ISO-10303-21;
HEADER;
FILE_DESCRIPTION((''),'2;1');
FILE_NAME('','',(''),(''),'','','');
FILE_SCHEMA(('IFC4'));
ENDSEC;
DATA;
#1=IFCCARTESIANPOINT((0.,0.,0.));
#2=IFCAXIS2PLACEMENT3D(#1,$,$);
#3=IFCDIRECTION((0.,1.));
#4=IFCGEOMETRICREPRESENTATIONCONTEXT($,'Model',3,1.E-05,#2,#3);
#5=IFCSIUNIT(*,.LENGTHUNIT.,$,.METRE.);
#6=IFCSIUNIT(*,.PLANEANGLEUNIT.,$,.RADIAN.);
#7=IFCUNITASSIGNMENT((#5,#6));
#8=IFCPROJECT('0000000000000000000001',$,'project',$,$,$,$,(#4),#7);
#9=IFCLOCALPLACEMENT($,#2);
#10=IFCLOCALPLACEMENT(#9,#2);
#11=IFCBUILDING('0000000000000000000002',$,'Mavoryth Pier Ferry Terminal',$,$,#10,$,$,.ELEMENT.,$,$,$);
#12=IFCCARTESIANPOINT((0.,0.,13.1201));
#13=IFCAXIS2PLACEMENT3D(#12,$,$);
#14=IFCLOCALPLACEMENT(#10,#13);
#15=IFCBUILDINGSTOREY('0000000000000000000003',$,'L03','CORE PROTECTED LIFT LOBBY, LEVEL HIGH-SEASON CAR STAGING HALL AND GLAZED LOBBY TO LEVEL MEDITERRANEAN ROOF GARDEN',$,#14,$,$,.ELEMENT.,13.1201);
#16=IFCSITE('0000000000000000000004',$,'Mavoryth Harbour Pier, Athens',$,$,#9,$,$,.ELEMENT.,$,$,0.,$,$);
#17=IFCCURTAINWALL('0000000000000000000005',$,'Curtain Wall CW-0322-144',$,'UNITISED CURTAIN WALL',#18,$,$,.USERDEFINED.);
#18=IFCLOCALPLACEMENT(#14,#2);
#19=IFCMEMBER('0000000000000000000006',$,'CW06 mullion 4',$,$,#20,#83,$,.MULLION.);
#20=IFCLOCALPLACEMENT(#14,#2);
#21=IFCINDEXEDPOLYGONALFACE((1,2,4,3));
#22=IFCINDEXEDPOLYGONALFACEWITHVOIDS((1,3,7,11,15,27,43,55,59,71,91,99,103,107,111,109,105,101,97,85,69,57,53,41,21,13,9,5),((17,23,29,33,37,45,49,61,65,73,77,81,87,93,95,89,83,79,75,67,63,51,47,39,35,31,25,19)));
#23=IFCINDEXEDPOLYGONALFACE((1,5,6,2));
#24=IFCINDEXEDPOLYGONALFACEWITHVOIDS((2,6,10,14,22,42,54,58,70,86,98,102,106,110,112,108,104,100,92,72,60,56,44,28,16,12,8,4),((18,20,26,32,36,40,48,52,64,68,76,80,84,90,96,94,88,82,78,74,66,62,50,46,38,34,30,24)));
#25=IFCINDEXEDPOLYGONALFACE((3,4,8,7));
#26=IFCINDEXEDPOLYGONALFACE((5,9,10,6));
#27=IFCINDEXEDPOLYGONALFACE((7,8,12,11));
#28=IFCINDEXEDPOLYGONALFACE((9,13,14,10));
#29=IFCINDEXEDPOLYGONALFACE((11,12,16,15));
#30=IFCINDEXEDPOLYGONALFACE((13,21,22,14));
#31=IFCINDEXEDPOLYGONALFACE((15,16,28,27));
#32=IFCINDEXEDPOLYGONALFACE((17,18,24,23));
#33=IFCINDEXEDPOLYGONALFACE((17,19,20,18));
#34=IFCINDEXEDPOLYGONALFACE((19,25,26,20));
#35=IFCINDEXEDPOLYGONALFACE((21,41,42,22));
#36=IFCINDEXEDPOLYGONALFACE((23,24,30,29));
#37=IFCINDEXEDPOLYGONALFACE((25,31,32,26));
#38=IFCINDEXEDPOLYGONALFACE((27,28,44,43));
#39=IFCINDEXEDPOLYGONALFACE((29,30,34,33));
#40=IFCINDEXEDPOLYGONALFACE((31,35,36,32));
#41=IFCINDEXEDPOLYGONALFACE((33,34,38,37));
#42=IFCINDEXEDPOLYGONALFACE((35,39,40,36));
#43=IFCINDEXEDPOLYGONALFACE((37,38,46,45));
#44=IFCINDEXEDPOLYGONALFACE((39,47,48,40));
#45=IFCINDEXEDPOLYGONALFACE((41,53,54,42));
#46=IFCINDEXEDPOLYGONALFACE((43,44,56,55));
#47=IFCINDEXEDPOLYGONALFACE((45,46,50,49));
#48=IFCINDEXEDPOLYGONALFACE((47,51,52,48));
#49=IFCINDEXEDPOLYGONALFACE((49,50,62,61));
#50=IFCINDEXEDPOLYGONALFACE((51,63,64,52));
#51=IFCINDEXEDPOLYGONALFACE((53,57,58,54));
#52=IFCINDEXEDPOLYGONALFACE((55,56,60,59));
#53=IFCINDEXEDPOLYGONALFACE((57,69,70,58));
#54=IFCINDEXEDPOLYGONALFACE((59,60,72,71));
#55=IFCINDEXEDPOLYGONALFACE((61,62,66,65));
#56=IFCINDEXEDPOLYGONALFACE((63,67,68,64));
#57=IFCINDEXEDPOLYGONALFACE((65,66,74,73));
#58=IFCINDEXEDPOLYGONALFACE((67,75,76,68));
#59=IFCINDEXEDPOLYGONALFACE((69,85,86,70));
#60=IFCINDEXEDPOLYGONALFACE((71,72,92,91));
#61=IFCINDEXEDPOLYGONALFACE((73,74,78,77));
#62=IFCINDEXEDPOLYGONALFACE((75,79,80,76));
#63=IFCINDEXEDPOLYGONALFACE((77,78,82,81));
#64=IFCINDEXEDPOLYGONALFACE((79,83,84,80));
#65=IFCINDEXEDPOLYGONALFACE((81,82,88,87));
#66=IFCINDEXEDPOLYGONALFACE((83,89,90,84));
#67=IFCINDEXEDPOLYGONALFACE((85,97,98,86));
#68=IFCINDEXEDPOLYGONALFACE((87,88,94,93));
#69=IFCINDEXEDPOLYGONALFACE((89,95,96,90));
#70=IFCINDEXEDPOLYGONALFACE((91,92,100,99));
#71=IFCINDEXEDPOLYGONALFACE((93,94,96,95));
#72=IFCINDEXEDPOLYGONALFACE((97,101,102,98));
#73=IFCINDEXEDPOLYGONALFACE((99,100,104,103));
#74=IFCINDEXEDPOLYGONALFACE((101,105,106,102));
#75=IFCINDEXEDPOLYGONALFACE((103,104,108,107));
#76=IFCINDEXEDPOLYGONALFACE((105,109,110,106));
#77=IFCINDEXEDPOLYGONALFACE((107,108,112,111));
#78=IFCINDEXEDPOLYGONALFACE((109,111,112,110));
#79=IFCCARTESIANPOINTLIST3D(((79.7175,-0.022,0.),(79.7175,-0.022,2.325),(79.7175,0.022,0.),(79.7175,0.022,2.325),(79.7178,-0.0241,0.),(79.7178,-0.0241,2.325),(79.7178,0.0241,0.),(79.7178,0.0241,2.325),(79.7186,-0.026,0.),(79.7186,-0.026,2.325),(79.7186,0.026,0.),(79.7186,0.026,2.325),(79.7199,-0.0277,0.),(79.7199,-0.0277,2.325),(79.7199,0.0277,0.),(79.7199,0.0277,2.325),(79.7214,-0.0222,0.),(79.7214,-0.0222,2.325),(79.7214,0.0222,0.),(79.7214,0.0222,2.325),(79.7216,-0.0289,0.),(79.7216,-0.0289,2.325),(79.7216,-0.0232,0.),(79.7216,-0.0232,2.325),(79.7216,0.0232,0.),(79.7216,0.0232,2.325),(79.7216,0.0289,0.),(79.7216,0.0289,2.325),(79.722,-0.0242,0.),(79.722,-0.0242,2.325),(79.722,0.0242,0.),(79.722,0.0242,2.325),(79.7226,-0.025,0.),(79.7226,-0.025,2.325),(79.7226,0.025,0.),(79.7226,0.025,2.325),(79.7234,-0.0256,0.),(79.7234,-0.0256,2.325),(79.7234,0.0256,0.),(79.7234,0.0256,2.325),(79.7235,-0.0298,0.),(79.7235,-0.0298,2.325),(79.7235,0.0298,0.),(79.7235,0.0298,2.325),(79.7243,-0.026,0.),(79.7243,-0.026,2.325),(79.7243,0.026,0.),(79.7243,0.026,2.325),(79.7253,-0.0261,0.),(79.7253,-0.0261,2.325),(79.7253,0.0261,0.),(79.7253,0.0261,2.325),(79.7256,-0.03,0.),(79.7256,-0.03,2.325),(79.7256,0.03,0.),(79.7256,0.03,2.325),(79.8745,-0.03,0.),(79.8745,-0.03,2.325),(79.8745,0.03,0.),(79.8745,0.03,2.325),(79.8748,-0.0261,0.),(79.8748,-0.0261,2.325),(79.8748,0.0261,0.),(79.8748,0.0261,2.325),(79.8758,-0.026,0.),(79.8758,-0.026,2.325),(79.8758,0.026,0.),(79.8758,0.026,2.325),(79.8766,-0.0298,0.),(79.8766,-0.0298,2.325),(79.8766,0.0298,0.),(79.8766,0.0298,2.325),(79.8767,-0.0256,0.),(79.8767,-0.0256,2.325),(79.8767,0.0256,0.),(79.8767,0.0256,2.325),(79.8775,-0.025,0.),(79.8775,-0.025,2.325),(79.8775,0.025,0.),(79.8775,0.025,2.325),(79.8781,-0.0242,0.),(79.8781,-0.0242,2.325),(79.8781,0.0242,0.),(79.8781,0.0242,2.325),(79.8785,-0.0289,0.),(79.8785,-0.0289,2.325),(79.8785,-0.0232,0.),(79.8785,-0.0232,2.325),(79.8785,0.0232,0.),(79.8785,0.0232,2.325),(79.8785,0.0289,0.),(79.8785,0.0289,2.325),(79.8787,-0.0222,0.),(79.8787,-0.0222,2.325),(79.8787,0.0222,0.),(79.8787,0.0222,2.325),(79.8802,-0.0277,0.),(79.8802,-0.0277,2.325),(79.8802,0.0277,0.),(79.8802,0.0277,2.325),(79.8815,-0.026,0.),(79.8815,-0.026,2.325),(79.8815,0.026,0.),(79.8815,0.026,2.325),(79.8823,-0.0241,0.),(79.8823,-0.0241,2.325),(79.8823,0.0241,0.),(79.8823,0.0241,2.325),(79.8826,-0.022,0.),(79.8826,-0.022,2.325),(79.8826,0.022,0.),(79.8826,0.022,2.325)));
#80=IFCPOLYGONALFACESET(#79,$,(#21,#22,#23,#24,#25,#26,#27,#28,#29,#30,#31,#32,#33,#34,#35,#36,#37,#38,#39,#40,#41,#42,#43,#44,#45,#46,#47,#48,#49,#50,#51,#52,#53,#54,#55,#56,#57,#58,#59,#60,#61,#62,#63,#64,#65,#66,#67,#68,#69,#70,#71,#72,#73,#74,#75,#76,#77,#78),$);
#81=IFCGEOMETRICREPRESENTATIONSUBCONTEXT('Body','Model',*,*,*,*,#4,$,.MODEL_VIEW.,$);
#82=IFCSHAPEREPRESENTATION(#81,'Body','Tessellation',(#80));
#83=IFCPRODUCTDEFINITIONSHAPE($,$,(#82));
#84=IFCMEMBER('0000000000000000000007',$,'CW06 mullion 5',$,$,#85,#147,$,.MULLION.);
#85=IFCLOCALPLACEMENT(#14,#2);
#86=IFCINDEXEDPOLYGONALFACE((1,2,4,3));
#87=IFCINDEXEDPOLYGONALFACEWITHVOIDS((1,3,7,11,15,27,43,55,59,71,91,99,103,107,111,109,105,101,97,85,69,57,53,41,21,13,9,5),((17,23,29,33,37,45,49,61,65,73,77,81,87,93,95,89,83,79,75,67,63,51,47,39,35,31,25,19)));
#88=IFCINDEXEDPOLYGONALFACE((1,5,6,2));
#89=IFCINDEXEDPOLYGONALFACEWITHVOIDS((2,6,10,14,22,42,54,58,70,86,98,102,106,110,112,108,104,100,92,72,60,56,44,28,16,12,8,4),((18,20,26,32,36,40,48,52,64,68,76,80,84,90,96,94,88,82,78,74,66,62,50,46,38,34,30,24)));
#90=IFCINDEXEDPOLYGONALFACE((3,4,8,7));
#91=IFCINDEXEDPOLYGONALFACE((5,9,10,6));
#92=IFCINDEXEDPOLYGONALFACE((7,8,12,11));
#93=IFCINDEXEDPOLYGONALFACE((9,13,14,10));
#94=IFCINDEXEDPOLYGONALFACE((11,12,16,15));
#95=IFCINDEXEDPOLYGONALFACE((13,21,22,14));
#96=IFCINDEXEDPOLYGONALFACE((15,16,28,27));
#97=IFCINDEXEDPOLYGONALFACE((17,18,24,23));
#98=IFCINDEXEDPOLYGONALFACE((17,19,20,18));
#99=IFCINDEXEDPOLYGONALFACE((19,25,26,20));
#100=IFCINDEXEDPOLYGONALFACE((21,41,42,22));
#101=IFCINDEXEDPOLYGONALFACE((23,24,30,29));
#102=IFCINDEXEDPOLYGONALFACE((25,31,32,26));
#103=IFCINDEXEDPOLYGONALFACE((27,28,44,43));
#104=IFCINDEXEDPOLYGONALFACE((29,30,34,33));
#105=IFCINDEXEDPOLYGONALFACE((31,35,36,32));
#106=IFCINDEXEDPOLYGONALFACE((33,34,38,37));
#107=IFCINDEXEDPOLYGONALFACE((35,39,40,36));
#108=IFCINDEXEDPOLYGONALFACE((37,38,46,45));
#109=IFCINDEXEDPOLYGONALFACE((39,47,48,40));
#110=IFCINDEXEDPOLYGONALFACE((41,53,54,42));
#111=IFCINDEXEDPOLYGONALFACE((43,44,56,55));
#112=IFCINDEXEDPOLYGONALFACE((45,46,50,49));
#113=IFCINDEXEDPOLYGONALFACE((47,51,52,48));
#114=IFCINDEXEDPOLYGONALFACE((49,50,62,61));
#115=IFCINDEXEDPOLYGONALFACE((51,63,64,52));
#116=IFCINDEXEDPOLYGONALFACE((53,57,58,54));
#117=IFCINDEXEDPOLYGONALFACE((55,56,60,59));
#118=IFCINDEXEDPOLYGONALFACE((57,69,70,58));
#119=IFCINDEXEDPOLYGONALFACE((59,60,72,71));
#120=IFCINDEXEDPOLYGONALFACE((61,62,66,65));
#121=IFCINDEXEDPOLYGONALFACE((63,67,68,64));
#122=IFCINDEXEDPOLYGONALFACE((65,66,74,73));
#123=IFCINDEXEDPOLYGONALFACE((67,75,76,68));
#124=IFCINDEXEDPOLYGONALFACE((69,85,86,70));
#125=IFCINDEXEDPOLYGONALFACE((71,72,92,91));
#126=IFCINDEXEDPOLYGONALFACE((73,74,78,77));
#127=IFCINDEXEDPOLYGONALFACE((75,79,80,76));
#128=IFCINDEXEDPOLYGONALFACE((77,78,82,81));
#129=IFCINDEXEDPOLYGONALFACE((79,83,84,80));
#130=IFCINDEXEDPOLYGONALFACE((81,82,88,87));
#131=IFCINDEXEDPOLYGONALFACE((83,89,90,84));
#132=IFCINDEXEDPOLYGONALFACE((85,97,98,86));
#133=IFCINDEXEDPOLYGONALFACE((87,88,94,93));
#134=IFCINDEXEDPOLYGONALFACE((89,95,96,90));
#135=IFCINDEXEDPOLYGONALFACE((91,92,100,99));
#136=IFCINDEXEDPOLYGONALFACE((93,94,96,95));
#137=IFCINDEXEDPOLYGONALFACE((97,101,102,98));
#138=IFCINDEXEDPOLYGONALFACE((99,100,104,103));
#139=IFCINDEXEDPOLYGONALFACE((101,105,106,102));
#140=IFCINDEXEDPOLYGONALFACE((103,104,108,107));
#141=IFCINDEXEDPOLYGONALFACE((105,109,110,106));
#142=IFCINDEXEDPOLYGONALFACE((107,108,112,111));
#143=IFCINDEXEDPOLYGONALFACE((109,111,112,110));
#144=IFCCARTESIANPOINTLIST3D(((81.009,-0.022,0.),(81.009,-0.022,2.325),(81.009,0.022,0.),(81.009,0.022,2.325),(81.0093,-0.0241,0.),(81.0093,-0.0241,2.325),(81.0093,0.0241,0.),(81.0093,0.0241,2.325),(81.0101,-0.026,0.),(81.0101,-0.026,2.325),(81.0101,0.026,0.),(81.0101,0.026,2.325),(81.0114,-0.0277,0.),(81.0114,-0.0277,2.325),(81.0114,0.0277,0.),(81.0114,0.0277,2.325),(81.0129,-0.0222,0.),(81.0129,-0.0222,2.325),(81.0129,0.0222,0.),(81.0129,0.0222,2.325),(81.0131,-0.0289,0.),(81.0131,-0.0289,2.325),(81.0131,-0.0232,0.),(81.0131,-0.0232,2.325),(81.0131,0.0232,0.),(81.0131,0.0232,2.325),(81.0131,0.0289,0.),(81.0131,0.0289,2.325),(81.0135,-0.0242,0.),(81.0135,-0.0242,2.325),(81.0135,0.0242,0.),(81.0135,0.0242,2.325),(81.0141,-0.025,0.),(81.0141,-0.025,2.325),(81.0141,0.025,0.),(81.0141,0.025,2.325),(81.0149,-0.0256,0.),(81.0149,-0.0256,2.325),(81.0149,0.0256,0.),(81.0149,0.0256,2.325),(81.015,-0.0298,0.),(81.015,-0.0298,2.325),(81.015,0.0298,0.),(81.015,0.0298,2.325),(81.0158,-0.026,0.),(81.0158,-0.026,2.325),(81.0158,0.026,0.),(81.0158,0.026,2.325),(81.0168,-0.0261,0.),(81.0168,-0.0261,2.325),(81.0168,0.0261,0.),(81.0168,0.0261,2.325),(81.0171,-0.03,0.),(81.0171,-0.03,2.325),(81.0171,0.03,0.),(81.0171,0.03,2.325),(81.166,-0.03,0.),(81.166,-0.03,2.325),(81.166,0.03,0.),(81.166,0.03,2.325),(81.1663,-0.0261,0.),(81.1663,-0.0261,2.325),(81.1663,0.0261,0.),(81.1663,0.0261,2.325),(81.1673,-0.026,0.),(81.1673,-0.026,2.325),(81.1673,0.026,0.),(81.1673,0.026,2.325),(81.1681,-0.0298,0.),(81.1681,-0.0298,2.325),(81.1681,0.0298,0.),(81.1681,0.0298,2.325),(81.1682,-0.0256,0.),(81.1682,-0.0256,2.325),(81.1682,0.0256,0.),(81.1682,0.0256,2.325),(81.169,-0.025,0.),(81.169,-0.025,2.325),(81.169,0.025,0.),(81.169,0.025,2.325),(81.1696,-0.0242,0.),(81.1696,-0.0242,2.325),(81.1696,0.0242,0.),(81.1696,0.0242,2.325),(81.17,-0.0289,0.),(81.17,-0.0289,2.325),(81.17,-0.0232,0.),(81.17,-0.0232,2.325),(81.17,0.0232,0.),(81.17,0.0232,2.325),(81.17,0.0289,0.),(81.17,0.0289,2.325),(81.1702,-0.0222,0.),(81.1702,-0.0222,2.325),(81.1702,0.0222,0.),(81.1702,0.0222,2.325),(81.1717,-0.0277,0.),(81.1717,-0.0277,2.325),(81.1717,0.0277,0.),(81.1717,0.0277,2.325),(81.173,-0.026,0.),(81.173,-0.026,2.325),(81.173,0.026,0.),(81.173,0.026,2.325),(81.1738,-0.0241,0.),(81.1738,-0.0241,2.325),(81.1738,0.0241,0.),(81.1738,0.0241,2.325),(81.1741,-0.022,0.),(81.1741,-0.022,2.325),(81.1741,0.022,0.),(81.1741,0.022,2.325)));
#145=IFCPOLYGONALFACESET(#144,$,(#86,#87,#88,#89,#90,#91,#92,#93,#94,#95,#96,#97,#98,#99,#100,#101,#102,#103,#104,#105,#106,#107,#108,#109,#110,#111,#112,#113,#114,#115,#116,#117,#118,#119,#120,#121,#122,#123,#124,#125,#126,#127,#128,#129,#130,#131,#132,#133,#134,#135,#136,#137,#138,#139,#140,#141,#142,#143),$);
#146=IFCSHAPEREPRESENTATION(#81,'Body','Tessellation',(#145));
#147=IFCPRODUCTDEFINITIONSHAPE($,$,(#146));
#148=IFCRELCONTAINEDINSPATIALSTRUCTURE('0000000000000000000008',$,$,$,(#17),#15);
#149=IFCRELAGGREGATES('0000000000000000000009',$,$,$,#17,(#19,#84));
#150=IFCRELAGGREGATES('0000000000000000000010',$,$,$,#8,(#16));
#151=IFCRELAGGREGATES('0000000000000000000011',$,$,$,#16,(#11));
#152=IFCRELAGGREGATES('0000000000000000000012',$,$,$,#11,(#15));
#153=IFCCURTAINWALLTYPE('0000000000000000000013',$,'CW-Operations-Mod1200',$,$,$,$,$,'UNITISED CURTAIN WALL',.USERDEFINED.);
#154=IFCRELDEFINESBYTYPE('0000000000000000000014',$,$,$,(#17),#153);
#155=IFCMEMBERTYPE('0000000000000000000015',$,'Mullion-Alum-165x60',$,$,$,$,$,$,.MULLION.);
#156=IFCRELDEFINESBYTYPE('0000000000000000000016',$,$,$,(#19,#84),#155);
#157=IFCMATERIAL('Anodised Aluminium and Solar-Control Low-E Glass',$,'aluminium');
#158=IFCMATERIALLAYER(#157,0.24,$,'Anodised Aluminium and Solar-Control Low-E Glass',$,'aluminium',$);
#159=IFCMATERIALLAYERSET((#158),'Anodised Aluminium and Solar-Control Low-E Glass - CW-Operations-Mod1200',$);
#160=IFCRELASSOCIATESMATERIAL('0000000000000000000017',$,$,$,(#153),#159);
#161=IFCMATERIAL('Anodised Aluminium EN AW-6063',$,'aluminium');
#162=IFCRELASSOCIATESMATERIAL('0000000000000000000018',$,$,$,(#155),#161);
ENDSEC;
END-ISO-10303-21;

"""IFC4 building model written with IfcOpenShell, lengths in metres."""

from ifc_helpers import new_model, si_unit, direction, frame, origin, origin_2d, place, context, subcontext, project, spatial, hollow_rectangle, extrude, material, layer, layer_set, material_profile, profile_set, type_object, element, aggregate, save


model = new_model("IFC4")

# Units and contexts
model_context = context("Model", 3, precision=1e-05, world=origin(), true_north=direction((0.0, 1.0)))
body_context = subcontext(model_context, "Body", "Model", "MODEL_VIEW")
ifc_project = project(units=[si_unit("LENGTHUNIT", "METRE"), si_unit("PLANEANGLEUNIT", "RADIAN")], contexts=[model_context])

# Site, building, storey
site_placement = place(None, origin())
site = spatial("IfcSite", under=ifc_project, at=site_placement, Name="Mavoryth Harbour Pier, Athens", CompositionType="ELEMENT", RefElevation=0.0)
building_placement = place(site_placement, origin())
building = spatial("IfcBuilding", under=site, at=building_placement, Name="Mavoryth Pier Ferry Terminal", CompositionType="ELEMENT")
storey_placement = place(building_placement, frame((0.0, 0.0, 13.1201)))
storey = spatial("IfcBuildingStorey", under=building, at=storey_placement, Name="L03", Description="CORE PROTECTED LIFT LOBBY, LEVEL HIGH-SEASON CAR STAGING HALL AND GLAZED LOBBY TO LEVEL MEDITERRANEAN ROOF GARDEN", CompositionType="ELEMENT", Elevation=13.1201)

# Curtain wall, members
ifc_material_1 = material(Name="Anodised Aluminium and Solar-Control Low-E Glass", Category="aluminium")
ifc_layer_1 = layer(ifc_material_1, 0.24, Name="Anodised Aluminium and Solar-Control Low-E Glass", Category="aluminium")
ifc_layer_set_1 = layer_set([ifc_layer_1], Name="Anodised Aluminium and Solar-Control Low-E Glass - CW-Operations-Mod1200")
curtain_wall_type = type_object("IfcCurtainWallType", Name="CW-Operations-Mod1200", ElementType="UNITISED CURTAIN WALL", PredefinedType="USERDEFINED", material=ifc_layer_set_1)
curtain_wall_placement = place(storey_placement, origin())
curtain_wall = element("IfcCurtainWall", 1, at=curtain_wall_placement, inside=storey, type_object=curtain_wall_type, Name="Curtain Wall CW-0322-144", ObjectType="UNITISED CURTAIN WALL", PredefinedType="USERDEFINED")
ifc_material_2 = material(Name="Anodised Aluminium EN AW-6063", Category="aluminium")
ifc_material_profile_1 = material_profile(ifc_material_2, hollow_rectangle(XDim=0.0601, YDim=0.165, WallThickness=0.0039, InnerFilletRadius=0.0039, OuterFilletRadius=0.0081, at=origin_2d()), Name="AL-MULL 165x60x4", Category="aluminium")
ifc_profile_set_1 = profile_set([ifc_material_profile_1], Name="Anodised Aluminium EN AW-6063 - AL-MULL 165x60x4")
member_type_1 = type_object("IfcMemberType", Name="Mullion-Alum-165x60", PredefinedType="MULLION", material=ifc_profile_set_1)
member_1_placement = place(storey_placement, frame((79.8, 0.0, 0.0), z_axis=(0.0, 0.0, 1.0), x_axis=(0.0, 1.0, 0.0)))
member_1 = element("IfcMember", 2, at=member_1_placement, type_object=member_type_1, Name="CW06 mullion 4", PredefinedType="MULLION", context=body_context, shape_type="SweptSolid", body=[
    extrude(hollow_rectangle(XDim=0.0601, YDim=0.165, WallThickness=0.0039, InnerFilletRadius=0.0039, OuterFilletRadius=0.0081, at=origin_2d()), origin(), (0.0, 0.0, 1.0), 2.325),
])
member_2_placement = place(storey_placement, frame((81.0916, 0.0, 0.0), z_axis=(0.0, 0.0, 1.0), x_axis=(0.0, 1.0, 0.0)))
member_2 = element("IfcMember", 3, at=member_2_placement, type_object=member_type_1, Name="CW06 mullion 5", PredefinedType="MULLION", context=body_context, shape_type="SweptSolid", body=[
    extrude(hollow_rectangle(XDim=0.0601, YDim=0.165, WallThickness=0.0039, InnerFilletRadius=0.0039, OuterFilletRadius=0.0081, at=origin_2d()), origin(), (0.0, 0.0, 1.0), 2.325),
])
aggregate(curtain_wall, [member_1, member_2])

save(model, "model.ifc")
